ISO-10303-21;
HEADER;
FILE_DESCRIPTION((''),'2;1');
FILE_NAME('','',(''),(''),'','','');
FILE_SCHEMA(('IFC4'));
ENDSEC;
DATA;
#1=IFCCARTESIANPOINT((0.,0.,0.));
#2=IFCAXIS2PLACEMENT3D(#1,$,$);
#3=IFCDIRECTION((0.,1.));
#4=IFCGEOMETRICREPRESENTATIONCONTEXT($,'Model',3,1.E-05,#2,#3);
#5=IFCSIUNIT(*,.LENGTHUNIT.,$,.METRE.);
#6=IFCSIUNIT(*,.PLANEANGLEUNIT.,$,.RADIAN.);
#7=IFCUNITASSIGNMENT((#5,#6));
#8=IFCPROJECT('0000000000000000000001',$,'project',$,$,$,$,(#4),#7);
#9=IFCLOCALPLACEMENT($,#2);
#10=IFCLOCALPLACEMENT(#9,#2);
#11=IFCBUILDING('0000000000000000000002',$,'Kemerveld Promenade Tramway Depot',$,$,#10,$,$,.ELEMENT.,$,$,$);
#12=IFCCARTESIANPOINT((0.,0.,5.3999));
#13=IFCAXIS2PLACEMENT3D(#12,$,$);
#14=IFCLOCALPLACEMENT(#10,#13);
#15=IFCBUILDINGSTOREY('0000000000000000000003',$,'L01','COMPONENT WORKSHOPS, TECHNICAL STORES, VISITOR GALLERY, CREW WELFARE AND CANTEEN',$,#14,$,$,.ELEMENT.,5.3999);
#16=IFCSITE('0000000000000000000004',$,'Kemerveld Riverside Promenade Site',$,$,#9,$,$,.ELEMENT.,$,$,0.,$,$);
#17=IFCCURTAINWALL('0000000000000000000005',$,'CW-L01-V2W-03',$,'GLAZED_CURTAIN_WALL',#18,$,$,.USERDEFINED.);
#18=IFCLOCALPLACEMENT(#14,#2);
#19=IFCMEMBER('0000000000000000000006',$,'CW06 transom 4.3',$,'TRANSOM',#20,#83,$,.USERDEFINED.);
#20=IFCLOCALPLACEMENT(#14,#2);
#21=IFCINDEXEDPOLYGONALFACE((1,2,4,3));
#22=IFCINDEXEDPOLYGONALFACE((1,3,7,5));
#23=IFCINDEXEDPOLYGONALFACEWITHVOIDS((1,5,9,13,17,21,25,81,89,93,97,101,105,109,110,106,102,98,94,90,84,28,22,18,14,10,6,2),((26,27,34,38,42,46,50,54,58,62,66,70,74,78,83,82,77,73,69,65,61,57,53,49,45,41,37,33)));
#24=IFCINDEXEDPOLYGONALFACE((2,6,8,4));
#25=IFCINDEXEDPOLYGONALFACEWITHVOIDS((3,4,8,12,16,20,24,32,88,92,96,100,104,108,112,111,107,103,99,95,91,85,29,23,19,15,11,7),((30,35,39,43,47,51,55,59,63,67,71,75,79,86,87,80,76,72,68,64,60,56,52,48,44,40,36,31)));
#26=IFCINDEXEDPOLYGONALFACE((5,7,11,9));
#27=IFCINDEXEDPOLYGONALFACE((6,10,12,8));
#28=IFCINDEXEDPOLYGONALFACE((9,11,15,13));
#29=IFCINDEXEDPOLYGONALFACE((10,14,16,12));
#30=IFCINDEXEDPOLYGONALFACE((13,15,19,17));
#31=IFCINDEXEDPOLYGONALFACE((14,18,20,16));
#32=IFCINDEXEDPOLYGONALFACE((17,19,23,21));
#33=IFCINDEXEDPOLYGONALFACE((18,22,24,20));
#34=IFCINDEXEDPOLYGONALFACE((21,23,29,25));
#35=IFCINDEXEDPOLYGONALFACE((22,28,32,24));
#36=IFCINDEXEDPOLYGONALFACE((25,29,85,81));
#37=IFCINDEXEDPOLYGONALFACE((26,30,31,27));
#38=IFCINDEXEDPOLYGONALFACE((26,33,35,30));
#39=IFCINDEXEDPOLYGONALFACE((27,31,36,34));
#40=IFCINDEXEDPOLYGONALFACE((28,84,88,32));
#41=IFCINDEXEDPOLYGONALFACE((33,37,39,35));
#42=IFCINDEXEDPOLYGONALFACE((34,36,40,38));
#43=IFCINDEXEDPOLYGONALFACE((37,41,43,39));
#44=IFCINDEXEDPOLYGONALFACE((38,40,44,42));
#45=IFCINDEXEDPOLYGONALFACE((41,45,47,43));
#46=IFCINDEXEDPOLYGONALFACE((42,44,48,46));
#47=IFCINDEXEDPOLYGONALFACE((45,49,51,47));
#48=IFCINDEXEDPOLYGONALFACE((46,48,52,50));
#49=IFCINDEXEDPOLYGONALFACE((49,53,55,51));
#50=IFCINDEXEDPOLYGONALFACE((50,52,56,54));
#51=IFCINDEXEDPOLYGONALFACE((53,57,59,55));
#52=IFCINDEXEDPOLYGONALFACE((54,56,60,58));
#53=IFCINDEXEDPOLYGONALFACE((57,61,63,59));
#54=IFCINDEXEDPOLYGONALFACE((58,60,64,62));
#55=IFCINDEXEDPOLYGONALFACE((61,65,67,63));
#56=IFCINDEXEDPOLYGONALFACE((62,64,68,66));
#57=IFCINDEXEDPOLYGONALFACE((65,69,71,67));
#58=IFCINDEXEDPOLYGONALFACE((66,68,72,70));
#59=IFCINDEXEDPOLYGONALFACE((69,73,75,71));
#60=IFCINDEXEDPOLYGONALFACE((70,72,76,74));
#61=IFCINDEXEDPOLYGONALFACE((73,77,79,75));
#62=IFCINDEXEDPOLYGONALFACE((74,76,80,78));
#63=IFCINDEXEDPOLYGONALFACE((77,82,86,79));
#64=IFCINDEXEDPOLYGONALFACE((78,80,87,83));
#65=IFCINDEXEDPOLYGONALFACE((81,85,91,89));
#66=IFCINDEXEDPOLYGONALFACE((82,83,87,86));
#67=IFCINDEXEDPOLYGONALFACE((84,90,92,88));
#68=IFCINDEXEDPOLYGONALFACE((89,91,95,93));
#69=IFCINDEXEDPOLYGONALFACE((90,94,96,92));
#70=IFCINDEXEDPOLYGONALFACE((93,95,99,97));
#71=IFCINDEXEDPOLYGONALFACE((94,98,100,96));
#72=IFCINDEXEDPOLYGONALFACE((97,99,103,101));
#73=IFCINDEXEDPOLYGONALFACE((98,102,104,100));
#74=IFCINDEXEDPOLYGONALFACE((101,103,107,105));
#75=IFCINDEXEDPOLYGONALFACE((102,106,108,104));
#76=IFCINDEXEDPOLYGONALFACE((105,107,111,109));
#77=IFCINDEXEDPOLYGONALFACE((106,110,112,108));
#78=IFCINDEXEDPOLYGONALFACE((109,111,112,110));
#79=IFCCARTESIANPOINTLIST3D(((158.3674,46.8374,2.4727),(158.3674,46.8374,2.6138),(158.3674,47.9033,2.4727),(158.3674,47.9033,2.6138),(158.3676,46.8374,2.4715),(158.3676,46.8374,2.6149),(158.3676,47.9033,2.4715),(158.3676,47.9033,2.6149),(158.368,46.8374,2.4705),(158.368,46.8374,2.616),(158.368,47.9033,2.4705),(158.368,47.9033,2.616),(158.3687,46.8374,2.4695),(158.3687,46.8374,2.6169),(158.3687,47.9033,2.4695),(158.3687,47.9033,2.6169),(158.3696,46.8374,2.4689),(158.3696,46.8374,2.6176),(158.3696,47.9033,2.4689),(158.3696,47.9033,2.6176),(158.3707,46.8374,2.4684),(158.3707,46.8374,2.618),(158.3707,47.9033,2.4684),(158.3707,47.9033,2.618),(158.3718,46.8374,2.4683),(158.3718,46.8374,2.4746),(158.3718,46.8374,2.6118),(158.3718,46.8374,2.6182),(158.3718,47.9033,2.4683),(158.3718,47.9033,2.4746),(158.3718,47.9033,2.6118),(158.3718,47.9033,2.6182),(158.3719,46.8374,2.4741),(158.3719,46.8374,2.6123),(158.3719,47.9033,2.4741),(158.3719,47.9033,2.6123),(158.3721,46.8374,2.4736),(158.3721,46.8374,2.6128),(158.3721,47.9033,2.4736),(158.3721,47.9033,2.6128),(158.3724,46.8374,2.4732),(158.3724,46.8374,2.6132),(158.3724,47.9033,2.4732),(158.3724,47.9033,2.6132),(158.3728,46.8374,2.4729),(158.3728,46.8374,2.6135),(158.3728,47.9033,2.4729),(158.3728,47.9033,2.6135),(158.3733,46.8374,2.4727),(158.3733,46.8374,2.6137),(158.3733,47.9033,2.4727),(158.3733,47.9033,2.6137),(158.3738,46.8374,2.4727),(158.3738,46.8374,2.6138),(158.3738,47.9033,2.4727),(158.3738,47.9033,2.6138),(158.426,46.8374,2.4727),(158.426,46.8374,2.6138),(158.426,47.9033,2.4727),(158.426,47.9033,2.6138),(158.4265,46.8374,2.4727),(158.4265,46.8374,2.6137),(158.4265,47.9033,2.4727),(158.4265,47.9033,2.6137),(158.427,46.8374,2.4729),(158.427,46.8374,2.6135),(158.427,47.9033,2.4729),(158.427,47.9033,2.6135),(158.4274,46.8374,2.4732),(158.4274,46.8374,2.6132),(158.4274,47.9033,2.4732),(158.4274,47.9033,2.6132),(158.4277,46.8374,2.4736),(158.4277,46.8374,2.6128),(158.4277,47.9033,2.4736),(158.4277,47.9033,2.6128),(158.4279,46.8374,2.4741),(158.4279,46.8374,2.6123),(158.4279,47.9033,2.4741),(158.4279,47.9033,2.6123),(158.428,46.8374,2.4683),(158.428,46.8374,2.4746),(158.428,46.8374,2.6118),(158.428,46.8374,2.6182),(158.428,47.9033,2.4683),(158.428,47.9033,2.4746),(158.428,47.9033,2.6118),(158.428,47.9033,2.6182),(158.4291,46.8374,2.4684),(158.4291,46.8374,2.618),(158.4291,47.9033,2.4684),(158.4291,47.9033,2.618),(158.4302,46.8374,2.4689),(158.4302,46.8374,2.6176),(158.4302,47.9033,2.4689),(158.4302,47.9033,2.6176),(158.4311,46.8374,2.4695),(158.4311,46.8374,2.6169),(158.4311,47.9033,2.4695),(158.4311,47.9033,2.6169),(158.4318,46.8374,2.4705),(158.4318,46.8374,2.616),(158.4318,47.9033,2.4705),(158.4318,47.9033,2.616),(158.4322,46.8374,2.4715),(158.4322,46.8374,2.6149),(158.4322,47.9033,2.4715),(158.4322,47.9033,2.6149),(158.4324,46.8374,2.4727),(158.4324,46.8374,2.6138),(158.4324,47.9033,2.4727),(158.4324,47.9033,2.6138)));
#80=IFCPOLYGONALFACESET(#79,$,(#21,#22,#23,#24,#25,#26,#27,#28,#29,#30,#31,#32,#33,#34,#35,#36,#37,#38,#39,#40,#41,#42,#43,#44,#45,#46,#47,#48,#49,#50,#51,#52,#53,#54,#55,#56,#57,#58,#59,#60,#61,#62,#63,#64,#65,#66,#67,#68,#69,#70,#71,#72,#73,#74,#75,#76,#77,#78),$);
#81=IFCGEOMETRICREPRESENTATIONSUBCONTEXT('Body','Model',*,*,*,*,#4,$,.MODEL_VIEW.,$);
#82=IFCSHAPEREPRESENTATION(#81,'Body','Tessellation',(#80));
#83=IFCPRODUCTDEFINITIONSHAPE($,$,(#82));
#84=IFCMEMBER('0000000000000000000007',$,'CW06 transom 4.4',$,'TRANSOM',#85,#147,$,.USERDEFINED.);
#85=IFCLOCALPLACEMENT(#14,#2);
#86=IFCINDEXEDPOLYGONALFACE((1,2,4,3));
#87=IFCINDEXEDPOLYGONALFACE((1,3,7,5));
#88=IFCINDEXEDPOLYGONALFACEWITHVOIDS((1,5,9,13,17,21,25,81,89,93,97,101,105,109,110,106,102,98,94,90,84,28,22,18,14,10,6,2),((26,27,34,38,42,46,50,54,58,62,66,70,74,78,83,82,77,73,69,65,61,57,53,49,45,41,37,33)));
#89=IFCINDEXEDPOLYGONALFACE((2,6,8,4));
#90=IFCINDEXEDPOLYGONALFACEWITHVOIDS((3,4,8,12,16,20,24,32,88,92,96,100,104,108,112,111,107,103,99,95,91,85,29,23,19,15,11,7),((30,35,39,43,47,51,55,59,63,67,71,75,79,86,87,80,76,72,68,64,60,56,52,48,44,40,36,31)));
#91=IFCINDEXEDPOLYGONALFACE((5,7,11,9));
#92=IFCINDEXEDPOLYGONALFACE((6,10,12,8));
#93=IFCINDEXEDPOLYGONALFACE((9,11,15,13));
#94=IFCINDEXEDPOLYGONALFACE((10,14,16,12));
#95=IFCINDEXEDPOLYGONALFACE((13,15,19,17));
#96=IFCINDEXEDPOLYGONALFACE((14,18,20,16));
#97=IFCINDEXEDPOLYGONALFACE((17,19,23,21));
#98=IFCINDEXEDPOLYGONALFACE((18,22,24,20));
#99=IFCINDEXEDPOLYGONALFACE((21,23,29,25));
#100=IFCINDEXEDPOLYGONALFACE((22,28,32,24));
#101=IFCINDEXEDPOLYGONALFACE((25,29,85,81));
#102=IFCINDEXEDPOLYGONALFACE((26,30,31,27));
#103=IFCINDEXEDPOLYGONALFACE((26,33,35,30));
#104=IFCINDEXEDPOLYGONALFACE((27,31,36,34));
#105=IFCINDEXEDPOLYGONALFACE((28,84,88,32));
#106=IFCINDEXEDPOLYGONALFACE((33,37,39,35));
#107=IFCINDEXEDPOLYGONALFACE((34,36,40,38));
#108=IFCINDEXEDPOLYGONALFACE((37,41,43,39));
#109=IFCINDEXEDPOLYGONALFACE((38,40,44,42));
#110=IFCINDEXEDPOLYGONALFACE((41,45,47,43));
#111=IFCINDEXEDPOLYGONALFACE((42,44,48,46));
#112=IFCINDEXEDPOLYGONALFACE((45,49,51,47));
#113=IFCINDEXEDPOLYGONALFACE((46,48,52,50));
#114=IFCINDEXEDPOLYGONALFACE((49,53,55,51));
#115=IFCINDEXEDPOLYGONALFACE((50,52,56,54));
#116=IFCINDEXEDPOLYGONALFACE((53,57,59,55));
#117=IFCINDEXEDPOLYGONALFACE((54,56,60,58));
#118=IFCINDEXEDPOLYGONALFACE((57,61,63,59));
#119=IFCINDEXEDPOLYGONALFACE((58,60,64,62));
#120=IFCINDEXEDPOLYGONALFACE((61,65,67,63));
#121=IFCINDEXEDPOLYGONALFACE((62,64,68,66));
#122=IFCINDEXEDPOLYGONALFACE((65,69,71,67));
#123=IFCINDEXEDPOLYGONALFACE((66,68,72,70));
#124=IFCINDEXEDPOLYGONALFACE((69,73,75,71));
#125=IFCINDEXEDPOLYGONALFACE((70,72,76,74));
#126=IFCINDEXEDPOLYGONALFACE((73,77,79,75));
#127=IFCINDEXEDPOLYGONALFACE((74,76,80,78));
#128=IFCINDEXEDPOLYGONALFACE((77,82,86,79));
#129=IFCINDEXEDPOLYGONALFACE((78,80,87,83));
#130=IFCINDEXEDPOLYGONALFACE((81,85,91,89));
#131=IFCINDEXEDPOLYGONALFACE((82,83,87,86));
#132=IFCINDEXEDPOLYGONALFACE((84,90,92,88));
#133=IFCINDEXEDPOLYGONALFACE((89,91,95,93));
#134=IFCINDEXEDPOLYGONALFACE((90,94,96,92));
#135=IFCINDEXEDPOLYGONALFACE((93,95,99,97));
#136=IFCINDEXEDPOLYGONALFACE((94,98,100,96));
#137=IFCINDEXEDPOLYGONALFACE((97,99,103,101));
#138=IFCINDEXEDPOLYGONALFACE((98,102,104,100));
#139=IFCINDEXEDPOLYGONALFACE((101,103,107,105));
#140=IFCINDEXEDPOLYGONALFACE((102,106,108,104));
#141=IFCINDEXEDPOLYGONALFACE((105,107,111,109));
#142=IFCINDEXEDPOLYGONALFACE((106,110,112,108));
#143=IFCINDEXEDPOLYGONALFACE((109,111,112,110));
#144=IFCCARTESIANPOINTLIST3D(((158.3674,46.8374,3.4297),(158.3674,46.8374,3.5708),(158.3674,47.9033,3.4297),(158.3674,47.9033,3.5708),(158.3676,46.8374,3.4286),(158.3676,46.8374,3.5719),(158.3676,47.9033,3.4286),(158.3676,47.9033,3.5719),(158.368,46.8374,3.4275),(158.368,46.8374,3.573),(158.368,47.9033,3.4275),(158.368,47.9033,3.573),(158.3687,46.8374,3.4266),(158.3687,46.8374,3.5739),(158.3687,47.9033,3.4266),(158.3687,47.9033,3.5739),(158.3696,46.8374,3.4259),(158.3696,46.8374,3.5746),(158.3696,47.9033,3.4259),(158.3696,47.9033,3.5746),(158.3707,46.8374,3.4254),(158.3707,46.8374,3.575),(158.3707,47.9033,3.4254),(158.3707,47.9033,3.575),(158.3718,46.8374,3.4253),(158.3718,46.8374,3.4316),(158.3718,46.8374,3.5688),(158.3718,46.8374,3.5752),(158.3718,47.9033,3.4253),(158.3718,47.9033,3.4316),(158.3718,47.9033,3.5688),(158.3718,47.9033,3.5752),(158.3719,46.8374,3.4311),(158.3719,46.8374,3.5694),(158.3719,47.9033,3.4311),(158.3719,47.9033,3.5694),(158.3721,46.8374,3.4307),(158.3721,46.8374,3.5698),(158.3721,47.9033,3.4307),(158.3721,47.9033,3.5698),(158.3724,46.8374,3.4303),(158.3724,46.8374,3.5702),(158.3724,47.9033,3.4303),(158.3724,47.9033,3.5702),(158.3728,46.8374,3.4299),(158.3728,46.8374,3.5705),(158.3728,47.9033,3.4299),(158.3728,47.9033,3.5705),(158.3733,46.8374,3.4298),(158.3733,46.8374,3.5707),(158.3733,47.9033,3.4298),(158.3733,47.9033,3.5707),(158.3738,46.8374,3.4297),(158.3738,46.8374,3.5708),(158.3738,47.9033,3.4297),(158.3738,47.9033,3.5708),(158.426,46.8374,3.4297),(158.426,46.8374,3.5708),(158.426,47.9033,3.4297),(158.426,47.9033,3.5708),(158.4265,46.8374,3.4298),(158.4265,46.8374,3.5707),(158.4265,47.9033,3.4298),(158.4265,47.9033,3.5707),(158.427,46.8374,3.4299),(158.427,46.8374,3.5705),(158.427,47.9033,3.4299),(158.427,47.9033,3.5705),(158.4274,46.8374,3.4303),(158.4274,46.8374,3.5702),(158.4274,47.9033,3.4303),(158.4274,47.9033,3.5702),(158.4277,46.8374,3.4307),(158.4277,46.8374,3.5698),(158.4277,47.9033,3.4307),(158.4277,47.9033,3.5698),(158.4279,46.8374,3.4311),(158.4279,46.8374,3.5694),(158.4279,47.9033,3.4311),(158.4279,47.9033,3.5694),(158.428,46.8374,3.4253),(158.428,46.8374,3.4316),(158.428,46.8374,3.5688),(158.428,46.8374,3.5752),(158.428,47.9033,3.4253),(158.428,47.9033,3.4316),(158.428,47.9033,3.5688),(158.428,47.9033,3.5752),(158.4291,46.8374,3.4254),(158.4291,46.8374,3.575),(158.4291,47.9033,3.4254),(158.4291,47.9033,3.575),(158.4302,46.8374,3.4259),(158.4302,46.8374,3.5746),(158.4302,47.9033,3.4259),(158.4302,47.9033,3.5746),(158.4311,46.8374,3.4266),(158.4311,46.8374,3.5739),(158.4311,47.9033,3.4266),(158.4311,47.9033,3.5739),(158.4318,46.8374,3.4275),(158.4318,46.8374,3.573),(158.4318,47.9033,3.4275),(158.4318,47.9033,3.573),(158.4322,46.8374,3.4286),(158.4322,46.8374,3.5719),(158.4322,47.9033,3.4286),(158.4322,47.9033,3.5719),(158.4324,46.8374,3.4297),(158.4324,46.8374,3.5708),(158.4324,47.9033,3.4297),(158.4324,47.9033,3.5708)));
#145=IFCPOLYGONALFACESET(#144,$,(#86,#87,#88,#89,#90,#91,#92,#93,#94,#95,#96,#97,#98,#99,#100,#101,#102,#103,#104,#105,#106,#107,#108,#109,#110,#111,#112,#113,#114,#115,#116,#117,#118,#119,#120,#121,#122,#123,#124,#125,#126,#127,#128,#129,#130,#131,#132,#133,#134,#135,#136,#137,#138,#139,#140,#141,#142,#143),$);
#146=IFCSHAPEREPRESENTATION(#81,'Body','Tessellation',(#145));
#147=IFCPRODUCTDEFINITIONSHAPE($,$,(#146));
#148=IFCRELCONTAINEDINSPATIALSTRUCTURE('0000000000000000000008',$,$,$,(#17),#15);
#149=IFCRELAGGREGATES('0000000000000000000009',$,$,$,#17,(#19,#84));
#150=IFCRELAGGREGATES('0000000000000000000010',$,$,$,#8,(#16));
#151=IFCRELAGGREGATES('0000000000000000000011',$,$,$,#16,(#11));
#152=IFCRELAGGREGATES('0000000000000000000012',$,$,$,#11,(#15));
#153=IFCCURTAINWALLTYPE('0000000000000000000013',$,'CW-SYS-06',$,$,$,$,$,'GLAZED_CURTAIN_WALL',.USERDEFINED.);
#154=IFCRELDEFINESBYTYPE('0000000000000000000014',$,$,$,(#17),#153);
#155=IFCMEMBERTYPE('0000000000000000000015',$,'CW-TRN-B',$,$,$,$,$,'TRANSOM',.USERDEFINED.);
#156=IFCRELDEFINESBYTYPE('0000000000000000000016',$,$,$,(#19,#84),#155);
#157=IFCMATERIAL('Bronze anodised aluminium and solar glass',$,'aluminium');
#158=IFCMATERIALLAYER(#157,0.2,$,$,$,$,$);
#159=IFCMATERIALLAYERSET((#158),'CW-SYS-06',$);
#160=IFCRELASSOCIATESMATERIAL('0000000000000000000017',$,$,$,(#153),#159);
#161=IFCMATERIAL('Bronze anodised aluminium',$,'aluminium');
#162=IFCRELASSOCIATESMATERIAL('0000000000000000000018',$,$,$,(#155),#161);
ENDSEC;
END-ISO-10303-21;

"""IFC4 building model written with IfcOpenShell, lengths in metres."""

from ifc_helpers import new_model, si_unit, direction, frame, origin, origin_2d, place, context, subcontext, project, spatial, hollow_rectangle, extrude, material, layer, layer_set, material_profile, profile_set, type_object, element, aggregate, save


model = new_model("IFC4")

# Units and contexts
model_context = context("Model", 3, precision=1e-05, world=origin(), true_north=direction((0.0, 1.0)))
body_context = subcontext(model_context, "Body", "Model", "MODEL_VIEW")
ifc_project = project(units=[si_unit("LENGTHUNIT", "METRE"), si_unit("PLANEANGLEUNIT", "RADIAN")], contexts=[model_context])

# Site, building, storey
site_placement = place(None, origin())
site = spatial("IfcSite", under=ifc_project, at=site_placement, Name="Kemerveld Riverside Promenade Site", CompositionType="ELEMENT", RefElevation=0.0)
building_placement = place(site_placement, origin())
building = spatial("IfcBuilding", under=site, at=building_placement, Name="Kemerveld Promenade Tramway Depot", CompositionType="ELEMENT")
storey_placement = place(building_placement, frame((0.0, 0.0, 5.3999)))
storey = spatial("IfcBuildingStorey", under=building, at=storey_placement, Name="L01", Description="COMPONENT WORKSHOPS, TECHNICAL STORES, VISITOR GALLERY, CREW WELFARE AND CANTEEN", CompositionType="ELEMENT", Elevation=5.3999)

# Curtain wall, members
ifc_material_1 = material(Name="Bronze anodised aluminium and solar glass", Category="aluminium")
ifc_layer_1 = layer(ifc_material_1, 0.2)
ifc_layer_set_1 = layer_set([ifc_layer_1], Name="CW-SYS-06")
curtain_wall_type = type_object("IfcCurtainWallType", Name="CW-SYS-06", ElementType="GLAZED_CURTAIN_WALL", PredefinedType="USERDEFINED", material=ifc_layer_set_1)
curtain_wall_placement = place(storey_placement, origin())
curtain_wall = element("IfcCurtainWall", 1, at=curtain_wall_placement, inside=storey, type_object=curtain_wall_type, Name="CW-L01-V2W-03", ObjectType="GLAZED_CURTAIN_WALL", PredefinedType="USERDEFINED")
ifc_material_2 = material(Name="Bronze anodised aluminium", Category="aluminium")
ifc_material_profile_1 = material_profile(ifc_material_2, hollow_rectangle(XDim=0.0649, YDim=0.1499, WallThickness=0.0044, InnerFilletRadius=0.002, OuterFilletRadius=0.0044, at=origin_2d()), Name="CW-TRN-150x65")
ifc_profile_set_1 = profile_set([ifc_material_profile_1], Name="Bronze anodised aluminium")
member_type_1 = type_object("IfcMemberType", Name="CW-TRN-B", ElementType="TRANSOM", PredefinedType="USERDEFINED", material=ifc_profile_set_1)
member_1_placement = place(storey_placement, frame((158.3999, 46.8374, 2.5432), z_axis=(0.0, 1.0, 0.0), x_axis=(-1.0, 0.0, 0.0)))
member_1 = element("IfcMember", 2, at=member_1_placement, type_object=member_type_1, Name="CW06 transom 4.3", ObjectType="TRANSOM", PredefinedType="USERDEFINED", context=body_context, shape_type="SweptSolid", body=[
    extrude(hollow_rectangle(XDim=0.0649, YDim=0.1499, WallThickness=0.0044, InnerFilletRadius=0.002, OuterFilletRadius=0.0044, at=origin_2d()), origin(), (0.0, 0.0, 1.0), 1.0659),
])
member_2_placement = place(storey_placement, frame((158.3999, 46.8374, 3.5002), z_axis=(0.0, 1.0, 0.0), x_axis=(-1.0, 0.0, 0.0)))
member_2 = element("IfcMember", 3, at=member_2_placement, type_object=member_type_1, Name="CW06 transom 4.4", ObjectType="TRANSOM", PredefinedType="USERDEFINED", context=body_context, shape_type="SweptSolid", body=[
    extrude(hollow_rectangle(XDim=0.0649, YDim=0.1499, WallThickness=0.0044, InnerFilletRadius=0.002, OuterFilletRadius=0.0044, at=origin_2d()), origin(), (0.0, 0.0, 1.0), 1.0659),
])
aggregate(curtain_wall, [member_1, member_2])

save(model, "model.ifc")
